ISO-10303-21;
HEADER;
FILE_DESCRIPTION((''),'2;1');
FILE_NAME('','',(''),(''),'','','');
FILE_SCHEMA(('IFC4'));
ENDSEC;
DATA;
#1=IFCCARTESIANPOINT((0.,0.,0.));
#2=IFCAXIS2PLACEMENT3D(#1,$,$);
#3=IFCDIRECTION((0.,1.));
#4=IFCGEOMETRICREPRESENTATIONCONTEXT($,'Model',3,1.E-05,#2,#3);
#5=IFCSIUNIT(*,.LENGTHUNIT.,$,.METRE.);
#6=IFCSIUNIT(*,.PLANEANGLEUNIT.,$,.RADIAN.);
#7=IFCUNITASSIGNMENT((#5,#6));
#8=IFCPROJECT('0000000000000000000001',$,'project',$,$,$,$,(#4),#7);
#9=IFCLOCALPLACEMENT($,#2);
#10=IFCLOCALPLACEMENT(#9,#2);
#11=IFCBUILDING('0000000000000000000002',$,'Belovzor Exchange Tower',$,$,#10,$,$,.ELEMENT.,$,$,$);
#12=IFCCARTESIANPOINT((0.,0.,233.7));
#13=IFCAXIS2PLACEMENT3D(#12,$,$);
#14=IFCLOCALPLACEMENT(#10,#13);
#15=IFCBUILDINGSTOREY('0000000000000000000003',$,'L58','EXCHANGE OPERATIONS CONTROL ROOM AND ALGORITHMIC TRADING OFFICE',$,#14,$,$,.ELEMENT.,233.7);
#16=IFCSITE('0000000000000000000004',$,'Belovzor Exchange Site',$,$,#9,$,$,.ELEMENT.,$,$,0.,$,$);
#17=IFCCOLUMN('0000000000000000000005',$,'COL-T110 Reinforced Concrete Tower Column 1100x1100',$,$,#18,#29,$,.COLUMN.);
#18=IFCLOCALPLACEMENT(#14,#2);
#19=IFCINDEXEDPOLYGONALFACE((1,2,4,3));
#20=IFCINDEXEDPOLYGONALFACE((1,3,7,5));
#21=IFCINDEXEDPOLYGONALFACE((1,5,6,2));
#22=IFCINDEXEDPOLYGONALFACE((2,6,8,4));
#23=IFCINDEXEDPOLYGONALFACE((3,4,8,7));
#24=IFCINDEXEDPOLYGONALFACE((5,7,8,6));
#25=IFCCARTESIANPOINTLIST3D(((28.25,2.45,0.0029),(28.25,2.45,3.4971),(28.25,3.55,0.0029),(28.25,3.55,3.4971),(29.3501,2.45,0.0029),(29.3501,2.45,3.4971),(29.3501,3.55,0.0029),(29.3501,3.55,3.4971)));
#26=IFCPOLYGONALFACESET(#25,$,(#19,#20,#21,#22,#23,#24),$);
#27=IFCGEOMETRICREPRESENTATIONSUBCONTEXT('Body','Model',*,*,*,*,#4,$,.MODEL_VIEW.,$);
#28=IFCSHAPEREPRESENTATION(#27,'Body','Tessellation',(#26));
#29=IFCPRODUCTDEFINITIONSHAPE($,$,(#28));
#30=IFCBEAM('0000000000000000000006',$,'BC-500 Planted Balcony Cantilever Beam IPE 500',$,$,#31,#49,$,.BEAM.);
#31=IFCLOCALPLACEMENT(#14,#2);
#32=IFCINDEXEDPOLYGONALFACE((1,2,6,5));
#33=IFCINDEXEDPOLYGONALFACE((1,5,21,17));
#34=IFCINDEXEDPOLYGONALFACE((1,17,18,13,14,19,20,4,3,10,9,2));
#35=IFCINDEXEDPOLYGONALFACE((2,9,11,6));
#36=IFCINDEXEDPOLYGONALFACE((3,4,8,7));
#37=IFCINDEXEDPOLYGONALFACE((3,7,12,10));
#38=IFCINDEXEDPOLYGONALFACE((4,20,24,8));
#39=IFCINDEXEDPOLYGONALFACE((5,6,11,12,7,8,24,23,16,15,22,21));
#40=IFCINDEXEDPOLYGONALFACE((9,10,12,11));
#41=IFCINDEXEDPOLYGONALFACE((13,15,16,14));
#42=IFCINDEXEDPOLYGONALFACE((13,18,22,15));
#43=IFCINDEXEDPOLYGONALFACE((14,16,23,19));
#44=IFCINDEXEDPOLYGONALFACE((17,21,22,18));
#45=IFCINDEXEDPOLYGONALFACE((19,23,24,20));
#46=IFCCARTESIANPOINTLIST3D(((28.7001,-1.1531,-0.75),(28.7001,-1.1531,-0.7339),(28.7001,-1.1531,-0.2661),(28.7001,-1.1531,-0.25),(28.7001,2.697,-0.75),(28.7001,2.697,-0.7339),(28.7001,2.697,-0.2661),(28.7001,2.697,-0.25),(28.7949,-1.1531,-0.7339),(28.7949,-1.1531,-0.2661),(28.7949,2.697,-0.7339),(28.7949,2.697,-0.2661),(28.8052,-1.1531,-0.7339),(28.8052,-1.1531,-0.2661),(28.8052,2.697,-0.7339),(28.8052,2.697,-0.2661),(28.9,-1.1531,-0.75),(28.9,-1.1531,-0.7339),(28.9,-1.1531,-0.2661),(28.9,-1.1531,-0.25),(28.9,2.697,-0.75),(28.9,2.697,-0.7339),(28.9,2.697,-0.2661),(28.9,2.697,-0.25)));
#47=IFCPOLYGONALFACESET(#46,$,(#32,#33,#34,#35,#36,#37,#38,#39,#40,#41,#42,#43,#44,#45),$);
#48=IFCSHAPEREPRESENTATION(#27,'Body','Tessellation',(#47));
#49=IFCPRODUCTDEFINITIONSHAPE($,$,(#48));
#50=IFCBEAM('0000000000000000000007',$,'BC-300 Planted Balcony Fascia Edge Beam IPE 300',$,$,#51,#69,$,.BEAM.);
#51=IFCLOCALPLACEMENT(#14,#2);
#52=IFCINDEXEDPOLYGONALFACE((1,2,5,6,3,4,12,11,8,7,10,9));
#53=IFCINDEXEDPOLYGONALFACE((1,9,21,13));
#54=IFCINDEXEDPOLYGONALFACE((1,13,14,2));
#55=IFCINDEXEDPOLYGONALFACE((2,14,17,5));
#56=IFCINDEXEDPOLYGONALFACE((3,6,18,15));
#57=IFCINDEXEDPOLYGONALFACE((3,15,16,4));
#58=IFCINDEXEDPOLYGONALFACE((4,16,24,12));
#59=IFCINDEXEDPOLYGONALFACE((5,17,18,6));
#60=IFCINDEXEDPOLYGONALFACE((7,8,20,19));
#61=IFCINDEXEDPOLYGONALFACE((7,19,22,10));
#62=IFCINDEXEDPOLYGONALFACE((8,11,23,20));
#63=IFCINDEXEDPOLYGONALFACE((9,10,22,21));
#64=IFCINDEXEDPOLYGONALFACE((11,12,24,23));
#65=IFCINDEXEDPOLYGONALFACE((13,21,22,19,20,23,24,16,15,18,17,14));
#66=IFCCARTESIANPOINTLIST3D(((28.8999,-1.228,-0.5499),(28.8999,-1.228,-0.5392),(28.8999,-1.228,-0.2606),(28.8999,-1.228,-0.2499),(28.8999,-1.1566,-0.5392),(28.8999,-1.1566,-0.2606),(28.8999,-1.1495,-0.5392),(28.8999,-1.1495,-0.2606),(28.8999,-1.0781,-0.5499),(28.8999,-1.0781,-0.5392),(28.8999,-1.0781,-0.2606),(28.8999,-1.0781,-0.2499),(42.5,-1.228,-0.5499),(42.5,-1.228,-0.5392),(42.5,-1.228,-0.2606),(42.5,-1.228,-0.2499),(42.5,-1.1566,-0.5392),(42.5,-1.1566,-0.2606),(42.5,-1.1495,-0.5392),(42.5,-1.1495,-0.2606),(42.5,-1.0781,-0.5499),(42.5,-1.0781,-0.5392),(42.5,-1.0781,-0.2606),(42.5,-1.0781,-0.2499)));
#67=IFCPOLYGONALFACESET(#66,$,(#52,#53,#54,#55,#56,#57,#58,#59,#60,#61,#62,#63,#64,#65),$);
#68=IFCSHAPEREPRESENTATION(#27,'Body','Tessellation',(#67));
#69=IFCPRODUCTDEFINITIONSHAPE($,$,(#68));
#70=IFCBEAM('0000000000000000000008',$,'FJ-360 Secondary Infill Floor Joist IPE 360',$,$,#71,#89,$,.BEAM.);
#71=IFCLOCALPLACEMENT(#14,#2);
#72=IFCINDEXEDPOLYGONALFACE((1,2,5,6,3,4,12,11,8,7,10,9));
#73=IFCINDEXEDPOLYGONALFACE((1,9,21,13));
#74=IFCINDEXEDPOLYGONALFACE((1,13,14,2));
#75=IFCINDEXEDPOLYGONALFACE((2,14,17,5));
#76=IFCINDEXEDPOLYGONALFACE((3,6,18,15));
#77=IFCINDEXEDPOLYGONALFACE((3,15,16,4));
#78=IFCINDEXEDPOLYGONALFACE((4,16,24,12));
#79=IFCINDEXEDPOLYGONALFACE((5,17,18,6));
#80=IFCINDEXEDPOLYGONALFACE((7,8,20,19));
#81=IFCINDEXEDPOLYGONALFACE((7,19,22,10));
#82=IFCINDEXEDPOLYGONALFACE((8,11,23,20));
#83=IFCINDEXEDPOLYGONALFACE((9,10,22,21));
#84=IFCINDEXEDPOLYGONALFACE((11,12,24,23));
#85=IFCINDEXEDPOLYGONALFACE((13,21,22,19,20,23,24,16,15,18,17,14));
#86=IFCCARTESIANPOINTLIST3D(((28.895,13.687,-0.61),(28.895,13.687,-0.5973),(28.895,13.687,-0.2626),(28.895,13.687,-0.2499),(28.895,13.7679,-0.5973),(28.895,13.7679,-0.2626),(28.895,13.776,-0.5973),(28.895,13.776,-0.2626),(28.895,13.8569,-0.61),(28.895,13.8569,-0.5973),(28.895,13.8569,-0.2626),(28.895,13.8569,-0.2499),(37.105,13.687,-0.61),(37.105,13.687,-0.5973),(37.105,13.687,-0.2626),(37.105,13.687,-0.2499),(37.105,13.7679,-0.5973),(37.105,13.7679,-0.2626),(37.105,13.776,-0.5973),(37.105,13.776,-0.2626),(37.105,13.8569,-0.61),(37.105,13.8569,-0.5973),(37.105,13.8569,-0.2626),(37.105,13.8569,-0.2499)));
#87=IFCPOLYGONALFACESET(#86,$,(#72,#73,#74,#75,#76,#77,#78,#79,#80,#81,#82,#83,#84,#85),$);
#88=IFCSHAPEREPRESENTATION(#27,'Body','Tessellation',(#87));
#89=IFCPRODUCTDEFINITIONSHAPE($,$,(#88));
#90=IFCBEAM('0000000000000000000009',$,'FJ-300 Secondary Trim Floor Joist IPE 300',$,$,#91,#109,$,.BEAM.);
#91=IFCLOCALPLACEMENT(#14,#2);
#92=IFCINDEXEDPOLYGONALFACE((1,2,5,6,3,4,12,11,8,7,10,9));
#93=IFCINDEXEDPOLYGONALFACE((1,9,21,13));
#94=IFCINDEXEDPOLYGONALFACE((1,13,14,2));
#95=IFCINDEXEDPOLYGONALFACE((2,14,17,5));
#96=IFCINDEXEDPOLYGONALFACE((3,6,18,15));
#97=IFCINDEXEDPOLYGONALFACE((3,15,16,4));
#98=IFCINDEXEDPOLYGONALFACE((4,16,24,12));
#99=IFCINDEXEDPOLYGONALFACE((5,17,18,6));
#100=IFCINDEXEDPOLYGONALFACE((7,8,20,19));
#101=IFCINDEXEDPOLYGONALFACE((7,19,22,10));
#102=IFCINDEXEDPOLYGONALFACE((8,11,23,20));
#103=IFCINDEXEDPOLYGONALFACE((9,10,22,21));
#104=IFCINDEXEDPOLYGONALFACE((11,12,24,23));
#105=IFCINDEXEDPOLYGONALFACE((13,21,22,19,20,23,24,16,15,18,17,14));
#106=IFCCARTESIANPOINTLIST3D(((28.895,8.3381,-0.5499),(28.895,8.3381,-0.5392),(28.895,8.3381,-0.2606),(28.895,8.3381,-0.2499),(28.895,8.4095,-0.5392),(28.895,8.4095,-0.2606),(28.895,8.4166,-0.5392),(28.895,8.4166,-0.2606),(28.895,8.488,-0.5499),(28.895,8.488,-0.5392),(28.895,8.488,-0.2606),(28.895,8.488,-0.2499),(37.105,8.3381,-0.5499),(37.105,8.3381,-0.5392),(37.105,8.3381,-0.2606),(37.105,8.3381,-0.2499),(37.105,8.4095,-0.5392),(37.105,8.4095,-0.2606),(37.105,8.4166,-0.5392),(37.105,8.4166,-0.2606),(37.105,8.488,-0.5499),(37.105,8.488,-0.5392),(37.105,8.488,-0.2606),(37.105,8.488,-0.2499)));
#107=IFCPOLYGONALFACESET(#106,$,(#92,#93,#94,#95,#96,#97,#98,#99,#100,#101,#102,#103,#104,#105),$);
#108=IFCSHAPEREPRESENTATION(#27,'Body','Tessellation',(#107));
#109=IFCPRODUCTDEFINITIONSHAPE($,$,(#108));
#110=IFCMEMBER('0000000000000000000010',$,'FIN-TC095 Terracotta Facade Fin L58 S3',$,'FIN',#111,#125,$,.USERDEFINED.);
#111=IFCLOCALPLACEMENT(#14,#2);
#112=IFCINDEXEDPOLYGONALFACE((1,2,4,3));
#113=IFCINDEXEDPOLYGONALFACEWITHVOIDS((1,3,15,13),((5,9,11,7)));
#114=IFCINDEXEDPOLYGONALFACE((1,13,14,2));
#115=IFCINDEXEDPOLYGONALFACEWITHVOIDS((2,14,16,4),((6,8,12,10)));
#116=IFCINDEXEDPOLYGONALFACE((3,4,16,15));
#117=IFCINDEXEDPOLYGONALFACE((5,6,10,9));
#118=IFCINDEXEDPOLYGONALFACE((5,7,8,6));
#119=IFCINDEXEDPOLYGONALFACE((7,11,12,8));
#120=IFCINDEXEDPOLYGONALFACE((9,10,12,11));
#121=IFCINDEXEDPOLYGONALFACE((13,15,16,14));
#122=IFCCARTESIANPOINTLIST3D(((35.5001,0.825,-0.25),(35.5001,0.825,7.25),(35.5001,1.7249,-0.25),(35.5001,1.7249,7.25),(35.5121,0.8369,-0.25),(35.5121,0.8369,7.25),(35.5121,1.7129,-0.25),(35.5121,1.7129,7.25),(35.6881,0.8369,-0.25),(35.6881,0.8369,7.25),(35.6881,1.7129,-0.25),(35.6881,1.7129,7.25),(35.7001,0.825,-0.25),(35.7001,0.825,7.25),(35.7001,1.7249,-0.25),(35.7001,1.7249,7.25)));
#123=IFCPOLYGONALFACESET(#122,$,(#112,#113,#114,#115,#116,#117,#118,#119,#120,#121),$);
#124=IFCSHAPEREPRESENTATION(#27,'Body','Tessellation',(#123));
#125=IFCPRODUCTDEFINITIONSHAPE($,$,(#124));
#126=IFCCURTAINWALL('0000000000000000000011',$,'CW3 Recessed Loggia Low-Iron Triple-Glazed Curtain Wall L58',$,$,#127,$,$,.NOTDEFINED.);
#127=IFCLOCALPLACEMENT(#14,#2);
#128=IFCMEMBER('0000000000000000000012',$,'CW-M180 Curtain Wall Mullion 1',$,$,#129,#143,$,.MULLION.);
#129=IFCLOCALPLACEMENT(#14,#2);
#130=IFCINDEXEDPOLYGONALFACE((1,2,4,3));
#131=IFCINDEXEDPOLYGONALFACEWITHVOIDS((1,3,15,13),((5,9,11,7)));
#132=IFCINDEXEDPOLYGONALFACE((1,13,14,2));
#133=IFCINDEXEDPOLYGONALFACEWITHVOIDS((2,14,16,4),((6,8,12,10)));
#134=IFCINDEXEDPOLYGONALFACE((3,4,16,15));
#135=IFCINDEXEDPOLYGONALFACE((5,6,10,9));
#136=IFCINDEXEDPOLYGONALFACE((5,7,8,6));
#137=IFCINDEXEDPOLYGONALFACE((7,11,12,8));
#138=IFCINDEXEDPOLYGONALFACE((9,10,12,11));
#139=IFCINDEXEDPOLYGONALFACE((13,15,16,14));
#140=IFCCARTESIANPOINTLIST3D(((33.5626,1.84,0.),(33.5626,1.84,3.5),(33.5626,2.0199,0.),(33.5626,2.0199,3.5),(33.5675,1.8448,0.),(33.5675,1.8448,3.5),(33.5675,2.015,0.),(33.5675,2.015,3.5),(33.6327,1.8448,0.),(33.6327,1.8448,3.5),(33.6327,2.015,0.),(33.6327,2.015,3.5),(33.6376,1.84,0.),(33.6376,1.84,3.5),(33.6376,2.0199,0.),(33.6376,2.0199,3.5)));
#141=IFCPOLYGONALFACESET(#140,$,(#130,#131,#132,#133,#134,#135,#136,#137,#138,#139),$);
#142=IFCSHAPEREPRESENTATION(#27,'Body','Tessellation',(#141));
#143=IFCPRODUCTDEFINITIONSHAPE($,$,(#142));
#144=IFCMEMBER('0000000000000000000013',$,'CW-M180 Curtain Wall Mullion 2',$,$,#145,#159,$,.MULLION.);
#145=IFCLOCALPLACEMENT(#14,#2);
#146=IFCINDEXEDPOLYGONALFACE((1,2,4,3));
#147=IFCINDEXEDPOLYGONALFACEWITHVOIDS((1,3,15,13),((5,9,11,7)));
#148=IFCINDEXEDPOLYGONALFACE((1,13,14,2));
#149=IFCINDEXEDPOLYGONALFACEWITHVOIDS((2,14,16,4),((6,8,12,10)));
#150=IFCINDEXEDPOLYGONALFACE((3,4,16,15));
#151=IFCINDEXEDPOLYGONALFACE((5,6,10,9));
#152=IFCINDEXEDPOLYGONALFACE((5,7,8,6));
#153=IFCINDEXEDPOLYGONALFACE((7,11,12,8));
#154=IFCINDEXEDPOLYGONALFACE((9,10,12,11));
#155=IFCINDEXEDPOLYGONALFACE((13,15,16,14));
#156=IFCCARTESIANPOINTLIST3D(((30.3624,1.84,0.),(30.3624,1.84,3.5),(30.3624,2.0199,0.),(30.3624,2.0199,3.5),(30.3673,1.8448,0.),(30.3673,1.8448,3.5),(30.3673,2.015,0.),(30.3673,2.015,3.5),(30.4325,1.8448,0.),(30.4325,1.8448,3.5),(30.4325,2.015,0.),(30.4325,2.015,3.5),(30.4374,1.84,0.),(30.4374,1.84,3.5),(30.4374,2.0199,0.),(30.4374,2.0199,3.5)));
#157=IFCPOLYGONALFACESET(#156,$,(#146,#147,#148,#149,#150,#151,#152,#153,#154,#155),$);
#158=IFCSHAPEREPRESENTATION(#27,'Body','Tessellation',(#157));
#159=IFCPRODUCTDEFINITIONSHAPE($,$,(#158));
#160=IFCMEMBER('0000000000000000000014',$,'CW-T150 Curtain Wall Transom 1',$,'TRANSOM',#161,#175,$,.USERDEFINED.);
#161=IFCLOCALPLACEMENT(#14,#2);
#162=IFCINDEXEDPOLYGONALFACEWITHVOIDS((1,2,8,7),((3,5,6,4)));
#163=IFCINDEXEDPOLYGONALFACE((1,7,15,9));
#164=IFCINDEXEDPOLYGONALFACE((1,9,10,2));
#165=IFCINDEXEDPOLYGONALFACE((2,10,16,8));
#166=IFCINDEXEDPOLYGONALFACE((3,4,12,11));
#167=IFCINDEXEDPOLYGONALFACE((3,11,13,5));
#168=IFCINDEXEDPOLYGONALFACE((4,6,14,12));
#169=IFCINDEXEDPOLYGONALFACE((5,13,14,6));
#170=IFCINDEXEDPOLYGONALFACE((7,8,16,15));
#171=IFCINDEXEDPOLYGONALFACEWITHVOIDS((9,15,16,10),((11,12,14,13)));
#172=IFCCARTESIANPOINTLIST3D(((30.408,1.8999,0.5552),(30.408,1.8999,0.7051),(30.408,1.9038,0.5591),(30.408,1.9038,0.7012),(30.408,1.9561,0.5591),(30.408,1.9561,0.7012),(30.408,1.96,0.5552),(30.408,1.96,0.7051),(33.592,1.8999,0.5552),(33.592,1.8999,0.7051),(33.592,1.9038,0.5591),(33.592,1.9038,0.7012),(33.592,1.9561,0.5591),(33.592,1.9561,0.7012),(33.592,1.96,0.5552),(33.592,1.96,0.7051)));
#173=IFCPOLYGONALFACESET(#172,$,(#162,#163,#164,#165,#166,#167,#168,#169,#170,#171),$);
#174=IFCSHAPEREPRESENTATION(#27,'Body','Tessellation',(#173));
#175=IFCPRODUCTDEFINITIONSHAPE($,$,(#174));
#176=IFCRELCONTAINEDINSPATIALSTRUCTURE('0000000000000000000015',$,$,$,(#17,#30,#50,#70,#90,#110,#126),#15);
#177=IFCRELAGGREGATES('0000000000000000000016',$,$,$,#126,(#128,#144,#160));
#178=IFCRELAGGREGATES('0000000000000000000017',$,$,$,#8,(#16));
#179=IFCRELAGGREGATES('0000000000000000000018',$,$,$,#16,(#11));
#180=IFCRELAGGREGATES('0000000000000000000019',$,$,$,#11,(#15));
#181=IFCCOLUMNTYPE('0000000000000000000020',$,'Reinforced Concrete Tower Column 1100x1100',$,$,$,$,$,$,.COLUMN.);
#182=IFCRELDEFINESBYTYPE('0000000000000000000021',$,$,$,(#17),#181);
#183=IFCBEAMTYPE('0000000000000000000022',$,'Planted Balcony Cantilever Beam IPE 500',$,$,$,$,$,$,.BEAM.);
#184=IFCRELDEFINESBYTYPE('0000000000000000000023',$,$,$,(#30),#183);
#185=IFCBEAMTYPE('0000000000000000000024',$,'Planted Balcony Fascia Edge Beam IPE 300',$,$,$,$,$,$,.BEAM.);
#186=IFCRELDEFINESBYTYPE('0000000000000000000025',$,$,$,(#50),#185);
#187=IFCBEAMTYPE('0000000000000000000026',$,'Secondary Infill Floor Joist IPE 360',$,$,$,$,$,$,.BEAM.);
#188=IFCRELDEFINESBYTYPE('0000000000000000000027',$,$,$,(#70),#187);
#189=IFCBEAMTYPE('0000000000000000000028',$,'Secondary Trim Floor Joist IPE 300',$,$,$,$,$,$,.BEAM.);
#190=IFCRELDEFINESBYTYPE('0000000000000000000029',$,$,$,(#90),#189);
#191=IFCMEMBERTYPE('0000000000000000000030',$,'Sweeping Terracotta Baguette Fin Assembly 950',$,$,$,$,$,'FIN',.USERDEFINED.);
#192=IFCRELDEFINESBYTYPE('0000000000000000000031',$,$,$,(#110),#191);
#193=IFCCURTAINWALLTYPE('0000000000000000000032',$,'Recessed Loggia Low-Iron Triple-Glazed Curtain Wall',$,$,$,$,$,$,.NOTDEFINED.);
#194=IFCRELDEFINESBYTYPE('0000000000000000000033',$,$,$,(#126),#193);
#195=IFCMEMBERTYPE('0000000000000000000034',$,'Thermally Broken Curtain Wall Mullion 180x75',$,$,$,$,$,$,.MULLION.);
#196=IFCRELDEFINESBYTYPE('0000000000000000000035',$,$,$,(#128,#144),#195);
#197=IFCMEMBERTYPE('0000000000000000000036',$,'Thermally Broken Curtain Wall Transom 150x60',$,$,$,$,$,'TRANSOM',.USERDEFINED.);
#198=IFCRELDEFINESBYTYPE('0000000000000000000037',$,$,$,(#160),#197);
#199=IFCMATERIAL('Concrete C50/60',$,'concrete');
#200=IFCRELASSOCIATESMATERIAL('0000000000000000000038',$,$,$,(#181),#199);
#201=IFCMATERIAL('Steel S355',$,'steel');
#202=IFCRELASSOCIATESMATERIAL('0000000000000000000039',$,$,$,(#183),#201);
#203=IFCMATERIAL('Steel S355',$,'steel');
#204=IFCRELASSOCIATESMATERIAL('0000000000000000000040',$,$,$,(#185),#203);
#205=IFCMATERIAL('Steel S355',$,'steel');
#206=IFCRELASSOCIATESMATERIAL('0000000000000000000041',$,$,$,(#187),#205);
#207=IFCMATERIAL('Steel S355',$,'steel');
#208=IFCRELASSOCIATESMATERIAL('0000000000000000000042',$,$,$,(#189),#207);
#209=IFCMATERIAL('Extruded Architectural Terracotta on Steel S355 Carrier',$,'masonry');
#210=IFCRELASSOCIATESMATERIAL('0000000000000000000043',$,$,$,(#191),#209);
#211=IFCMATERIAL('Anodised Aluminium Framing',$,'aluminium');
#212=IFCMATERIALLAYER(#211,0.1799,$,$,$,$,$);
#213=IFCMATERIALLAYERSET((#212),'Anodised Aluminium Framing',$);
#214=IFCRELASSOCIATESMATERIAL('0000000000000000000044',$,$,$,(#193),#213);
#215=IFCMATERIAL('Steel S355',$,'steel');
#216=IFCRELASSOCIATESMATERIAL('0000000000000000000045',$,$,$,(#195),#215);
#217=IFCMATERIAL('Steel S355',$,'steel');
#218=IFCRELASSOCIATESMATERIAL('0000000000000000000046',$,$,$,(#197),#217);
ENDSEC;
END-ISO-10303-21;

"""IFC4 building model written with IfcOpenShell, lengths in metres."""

from ifc_helpers import new_model, si_unit, direction, frame, origin, origin_2d, place, context, subcontext, project, spatial, rectangle, hollow_rectangle, i_section, extrude, material, layer, layer_set, material_profile, profile_set, type_object, element, aggregate, save


model = new_model("IFC4")

# Units and contexts
model_context = context("Model", 3, precision=1e-05, world=origin(), true_north=direction((0.0, 1.0)))
body_context = subcontext(model_context, "Body", "Model", "MODEL_VIEW")
ifc_project = project(units=[si_unit("LENGTHUNIT", "METRE"), si_unit("PLANEANGLEUNIT", "RADIAN")], contexts=[model_context])

# Site, building, storey
site_placement = place(None, origin())
site = spatial("IfcSite", under=ifc_project, at=site_placement, Name="Belovzor Exchange Site", CompositionType="ELEMENT", RefElevation=0.0)
building_placement = place(site_placement, origin())
building = spatial("IfcBuilding", under=site, at=building_placement, Name="Belovzor Exchange Tower", CompositionType="ELEMENT")
storey_placement = place(building_placement, frame((0.0, 0.0, 233.7)))
storey = spatial("IfcBuildingStorey", under=building, at=storey_placement, Name="L58", Description="EXCHANGE OPERATIONS CONTROL ROOM AND ALGORITHMIC TRADING OFFICE", CompositionType="ELEMENT", Elevation=233.7)

# Column
ifc_material_1 = material(Name="Concrete C50/60", Category="concrete")
ifc_material_profile_1 = material_profile(ifc_material_1, rectangle(XDim=1.1001, YDim=1.1001, at=origin_2d()))
ifc_profile_set_1 = profile_set([ifc_material_profile_1], Name="Concrete C50/60")
column_type = type_object("IfcColumnType", Name="Reinforced Concrete Tower Column 1100x1100", PredefinedType="COLUMN", material=ifc_profile_set_1)
column_placement = place(storey_placement, frame((28.8, 3.0, 0.0029), z_axis=(0.0, 0.0, 1.0), x_axis=(1.0, 0.0, 0.0)))
element("IfcColumn", 1, at=column_placement, inside=storey, type_object=column_type, Name="COL-T110 Reinforced Concrete Tower Column 1100x1100", PredefinedType="COLUMN", context=body_context, shape_type="SweptSolid", body=[
    extrude(rectangle(XDim=1.1001, YDim=1.1001, at=origin_2d()), origin(), (0.0, 0.0, 1.0), 3.4941),
])

# Beams
ifc_material_2 = material(Name="Steel S355", Category="steel")
ifc_material_profile_2 = material_profile(ifc_material_2, i_section(OverallWidth=0.2, OverallDepth=0.5, WebThickness=0.0103, FlangeThickness=0.0161, at=origin_2d()))
ifc_profile_set_2 = profile_set([ifc_material_profile_2], Name="Steel S355")
beam_type_1 = type_object("IfcBeamType", Name="Planted Balcony Cantilever Beam IPE 500", PredefinedType="BEAM", material=ifc_profile_set_2)
beam_1_placement = place(storey_placement, frame((28.8, 2.697, -0.5), z_axis=(0.0, -1.0, 0.0), x_axis=(1.0, 0.0, 0.0)))
element("IfcBeam", 2, at=beam_1_placement, inside=storey, type_object=beam_type_1, Name="BC-500 Planted Balcony Cantilever Beam IPE 500", PredefinedType="BEAM", context=body_context, shape_type="SweptSolid", body=[
    extrude(i_section(OverallWidth=0.2, OverallDepth=0.5, WebThickness=0.0103, FlangeThickness=0.0161, at=origin_2d()), origin(), (0.0, 0.0, 1.0), 3.8501),
])
ifc_material_3 = material(Name="Steel S355", Category="steel")
ifc_material_profile_3 = material_profile(ifc_material_3, i_section(OverallWidth=0.1499, OverallDepth=0.3, WebThickness=0.0071, FlangeThickness=0.0107, at=origin_2d()))
ifc_profile_set_3 = profile_set([ifc_material_profile_3], Name="Steel S355")
beam_type_2 = type_object("IfcBeamType", Name="Planted Balcony Fascia Edge Beam IPE 300", PredefinedType="BEAM", material=ifc_profile_set_3)
beam_2_placement = place(storey_placement, frame((28.8999, -1.1531, -0.3999), z_axis=(1.0, 0.0, 0.0), x_axis=(0.0, 1.0, 0.0)))
element("IfcBeam", 3, at=beam_2_placement, inside=storey, type_object=beam_type_2, Name="BC-300 Planted Balcony Fascia Edge Beam IPE 300", PredefinedType="BEAM", context=body_context, shape_type="SweptSolid", body=[
    extrude(i_section(OverallWidth=0.1499, OverallDepth=0.3, WebThickness=0.0071, FlangeThickness=0.0107, at=origin_2d()), origin(), (0.0, 0.0, 1.0), 13.6001),
])
ifc_material_4 = material(Name="Steel S355", Category="steel")
ifc_material_profile_4 = material_profile(ifc_material_4, i_section(OverallWidth=0.1699, OverallDepth=0.3601, WebThickness=0.0081, FlangeThickness=0.0127, at=origin_2d()))
ifc_profile_set_4 = profile_set([ifc_material_profile_4], Name="Steel S355")
beam_type_3 = type_object("IfcBeamType", Name="Secondary Infill Floor Joist IPE 360", PredefinedType="BEAM", material=ifc_profile_set_4)
beam_3_placement = place(storey_placement, frame((28.895, 13.772, -0.4299), z_axis=(1.0, 0.0, 0.0), x_axis=(0.0, 1.0, 0.0)))
element("IfcBeam", 4, at=beam_3_placement, inside=storey, type_object=beam_type_3, Name="FJ-360 Secondary Infill Floor Joist IPE 360", PredefinedType="BEAM", context=body_context, shape_type="SweptSolid", body=[
    extrude(i_section(OverallWidth=0.1699, OverallDepth=0.3601, WebThickness=0.0081, FlangeThickness=0.0127, at=origin_2d()), origin(), (0.0, 0.0, 1.0), 8.21),
])
ifc_material_5 = material(Name="Steel S355", Category="steel")
ifc_material_profile_5 = material_profile(ifc_material_5, i_section(OverallWidth=0.1499, OverallDepth=0.3, WebThickness=0.0071, FlangeThickness=0.0107, at=origin_2d()))
ifc_profile_set_5 = profile_set([ifc_material_profile_5], Name="Steel S355")
beam_type_4 = type_object("IfcBeamType", Name="Secondary Trim Floor Joist IPE 300", PredefinedType="BEAM", material=ifc_profile_set_5)
beam_4_placement = place(storey_placement, frame((28.895, 8.4131, -0.3999), z_axis=(1.0, 0.0, 0.0), x_axis=(0.0, 1.0, 0.0)))
element("IfcBeam", 5, at=beam_4_placement, inside=storey, type_object=beam_type_4, Name="FJ-300 Secondary Trim Floor Joist IPE 300", PredefinedType="BEAM", context=body_context, shape_type="SweptSolid", body=[
    extrude(i_section(OverallWidth=0.1499, OverallDepth=0.3, WebThickness=0.0071, FlangeThickness=0.0107, at=origin_2d()), origin(), (0.0, 0.0, 1.0), 8.21),
])

# Member
ifc_material_6 = material(Name="Extruded Architectural Terracotta on Steel S355 Carrier", Category="masonry")
ifc_material_profile_6 = material_profile(ifc_material_6, hollow_rectangle(XDim=0.2, YDim=0.8999, WallThickness=0.012, at=origin_2d()))
ifc_profile_set_6 = profile_set([ifc_material_profile_6], Name="Extruded Architectural Terracotta on Steel S355 Carrier")
member_type_1 = type_object("IfcMemberType", Name="Sweeping Terracotta Baguette Fin Assembly 950", ElementType="FIN", PredefinedType="USERDEFINED", material=ifc_profile_set_6)
member_1_placement = place(storey_placement, frame((35.6001, 1.2749, -0.25), z_axis=(0.0, 0.0, 1.0), x_axis=(1.0, 0.0, 0.0)))
element("IfcMember", 6, at=member_1_placement, inside=storey, type_object=member_type_1, Name="FIN-TC095 Terracotta Facade Fin L58 S3", ObjectType="FIN", PredefinedType="USERDEFINED", context=body_context, shape_type="SweptSolid", body=[
    extrude(hollow_rectangle(XDim=0.2, YDim=0.8999, WallThickness=0.012, at=origin_2d()), origin(), (0.0, 0.0, 1.0), 7.5),
])

# Curtain wall, members
ifc_material_7 = material(Name="Anodised Aluminium Framing", Category="aluminium")
ifc_layer_1 = layer(ifc_material_7, 0.1799)
ifc_layer_set_1 = layer_set([ifc_layer_1], Name="Anodised Aluminium Framing")
curtain_wall_type = type_object("IfcCurtainWallType", Name="Recessed Loggia Low-Iron Triple-Glazed Curtain Wall", PredefinedType="NOTDEFINED", material=ifc_layer_set_1)
curtain_wall_placement = place(storey_placement, origin())
curtain_wall = element("IfcCurtainWall", 7, at=curtain_wall_placement, inside=storey, type_object=curtain_wall_type, Name="CW3 Recessed Loggia Low-Iron Triple-Glazed Curtain Wall L58", PredefinedType="NOTDEFINED")
ifc_material_8 = material(Name="Steel S355", Category="steel")
ifc_material_profile_7 = material_profile(ifc_material_8, hollow_rectangle(XDim=0.075, YDim=0.1799, WallThickness=0.0049, at=origin_2d()))
ifc_profile_set_7 = profile_set([ifc_material_profile_7], Name="Steel S355")
member_type_2 = type_object("IfcMemberType", Name="Thermally Broken Curtain Wall Mullion 180x75", PredefinedType="MULLION", material=ifc_profile_set_7)
member_2_placement = place(storey_placement, frame((33.6001, 1.9299, 0.0), z_axis=(0.0, 0.0, 1.0), x_axis=(-1.0, 0.0, 0.0)))
member_2 = element("IfcMember", 8, at=member_2_placement, type_object=member_type_2, Name="CW-M180 Curtain Wall Mullion 1", PredefinedType="MULLION", context=body_context, shape_type="SweptSolid", body=[
    extrude(hollow_rectangle(XDim=0.075, YDim=0.1799, WallThickness=0.0049, at=origin_2d()), origin(), (0.0, 0.0, 1.0), 3.5),
])
member_3_placement = place(storey_placement, frame((30.3999, 1.9299, 0.0), z_axis=(0.0, 0.0, 1.0), x_axis=(-1.0, 0.0, 0.0)))
member_3 = element("IfcMember", 9, at=member_3_placement, type_object=member_type_2, Name="CW-M180 Curtain Wall Mullion 2", PredefinedType="MULLION", context=body_context, shape_type="SweptSolid", body=[
    extrude(hollow_rectangle(XDim=0.075, YDim=0.1799, WallThickness=0.0049, at=origin_2d()), origin(), (0.0, 0.0, 1.0), 3.5),
])
ifc_material_9 = material(Name="Steel S355", Category="steel")
ifc_material_profile_8 = material_profile(ifc_material_9, hollow_rectangle(XDim=0.0601, YDim=0.1499, WallThickness=0.0039, at=origin_2d()))
ifc_profile_set_8 = profile_set([ifc_material_profile_8], Name="Steel S355")
member_type_3 = type_object("IfcMemberType", Name="Thermally Broken Curtain Wall Transom 150x60", ElementType="TRANSOM", PredefinedType="USERDEFINED", material=ifc_profile_set_8)
member_4_placement = place(storey_placement, frame((33.592, 1.9299, 0.6301), z_axis=(-1.0, 0.0, 0.0), x_axis=(0.0, -1.0, 0.0)))
member_4 = element("IfcMember", 10, at=member_4_placement, type_object=member_type_3, Name="CW-T150 Curtain Wall Transom 1", ObjectType="TRANSOM", PredefinedType="USERDEFINED", context=body_context, shape_type="SweptSolid", body=[
    extrude(hollow_rectangle(XDim=0.0601, YDim=0.1499, WallThickness=0.0039, at=origin_2d()), origin(), (0.0, 0.0, 1.0), 3.1841),
])

aggregate(curtain_wall, [member_2, member_3, member_4])

save(model, "model.ifc")
